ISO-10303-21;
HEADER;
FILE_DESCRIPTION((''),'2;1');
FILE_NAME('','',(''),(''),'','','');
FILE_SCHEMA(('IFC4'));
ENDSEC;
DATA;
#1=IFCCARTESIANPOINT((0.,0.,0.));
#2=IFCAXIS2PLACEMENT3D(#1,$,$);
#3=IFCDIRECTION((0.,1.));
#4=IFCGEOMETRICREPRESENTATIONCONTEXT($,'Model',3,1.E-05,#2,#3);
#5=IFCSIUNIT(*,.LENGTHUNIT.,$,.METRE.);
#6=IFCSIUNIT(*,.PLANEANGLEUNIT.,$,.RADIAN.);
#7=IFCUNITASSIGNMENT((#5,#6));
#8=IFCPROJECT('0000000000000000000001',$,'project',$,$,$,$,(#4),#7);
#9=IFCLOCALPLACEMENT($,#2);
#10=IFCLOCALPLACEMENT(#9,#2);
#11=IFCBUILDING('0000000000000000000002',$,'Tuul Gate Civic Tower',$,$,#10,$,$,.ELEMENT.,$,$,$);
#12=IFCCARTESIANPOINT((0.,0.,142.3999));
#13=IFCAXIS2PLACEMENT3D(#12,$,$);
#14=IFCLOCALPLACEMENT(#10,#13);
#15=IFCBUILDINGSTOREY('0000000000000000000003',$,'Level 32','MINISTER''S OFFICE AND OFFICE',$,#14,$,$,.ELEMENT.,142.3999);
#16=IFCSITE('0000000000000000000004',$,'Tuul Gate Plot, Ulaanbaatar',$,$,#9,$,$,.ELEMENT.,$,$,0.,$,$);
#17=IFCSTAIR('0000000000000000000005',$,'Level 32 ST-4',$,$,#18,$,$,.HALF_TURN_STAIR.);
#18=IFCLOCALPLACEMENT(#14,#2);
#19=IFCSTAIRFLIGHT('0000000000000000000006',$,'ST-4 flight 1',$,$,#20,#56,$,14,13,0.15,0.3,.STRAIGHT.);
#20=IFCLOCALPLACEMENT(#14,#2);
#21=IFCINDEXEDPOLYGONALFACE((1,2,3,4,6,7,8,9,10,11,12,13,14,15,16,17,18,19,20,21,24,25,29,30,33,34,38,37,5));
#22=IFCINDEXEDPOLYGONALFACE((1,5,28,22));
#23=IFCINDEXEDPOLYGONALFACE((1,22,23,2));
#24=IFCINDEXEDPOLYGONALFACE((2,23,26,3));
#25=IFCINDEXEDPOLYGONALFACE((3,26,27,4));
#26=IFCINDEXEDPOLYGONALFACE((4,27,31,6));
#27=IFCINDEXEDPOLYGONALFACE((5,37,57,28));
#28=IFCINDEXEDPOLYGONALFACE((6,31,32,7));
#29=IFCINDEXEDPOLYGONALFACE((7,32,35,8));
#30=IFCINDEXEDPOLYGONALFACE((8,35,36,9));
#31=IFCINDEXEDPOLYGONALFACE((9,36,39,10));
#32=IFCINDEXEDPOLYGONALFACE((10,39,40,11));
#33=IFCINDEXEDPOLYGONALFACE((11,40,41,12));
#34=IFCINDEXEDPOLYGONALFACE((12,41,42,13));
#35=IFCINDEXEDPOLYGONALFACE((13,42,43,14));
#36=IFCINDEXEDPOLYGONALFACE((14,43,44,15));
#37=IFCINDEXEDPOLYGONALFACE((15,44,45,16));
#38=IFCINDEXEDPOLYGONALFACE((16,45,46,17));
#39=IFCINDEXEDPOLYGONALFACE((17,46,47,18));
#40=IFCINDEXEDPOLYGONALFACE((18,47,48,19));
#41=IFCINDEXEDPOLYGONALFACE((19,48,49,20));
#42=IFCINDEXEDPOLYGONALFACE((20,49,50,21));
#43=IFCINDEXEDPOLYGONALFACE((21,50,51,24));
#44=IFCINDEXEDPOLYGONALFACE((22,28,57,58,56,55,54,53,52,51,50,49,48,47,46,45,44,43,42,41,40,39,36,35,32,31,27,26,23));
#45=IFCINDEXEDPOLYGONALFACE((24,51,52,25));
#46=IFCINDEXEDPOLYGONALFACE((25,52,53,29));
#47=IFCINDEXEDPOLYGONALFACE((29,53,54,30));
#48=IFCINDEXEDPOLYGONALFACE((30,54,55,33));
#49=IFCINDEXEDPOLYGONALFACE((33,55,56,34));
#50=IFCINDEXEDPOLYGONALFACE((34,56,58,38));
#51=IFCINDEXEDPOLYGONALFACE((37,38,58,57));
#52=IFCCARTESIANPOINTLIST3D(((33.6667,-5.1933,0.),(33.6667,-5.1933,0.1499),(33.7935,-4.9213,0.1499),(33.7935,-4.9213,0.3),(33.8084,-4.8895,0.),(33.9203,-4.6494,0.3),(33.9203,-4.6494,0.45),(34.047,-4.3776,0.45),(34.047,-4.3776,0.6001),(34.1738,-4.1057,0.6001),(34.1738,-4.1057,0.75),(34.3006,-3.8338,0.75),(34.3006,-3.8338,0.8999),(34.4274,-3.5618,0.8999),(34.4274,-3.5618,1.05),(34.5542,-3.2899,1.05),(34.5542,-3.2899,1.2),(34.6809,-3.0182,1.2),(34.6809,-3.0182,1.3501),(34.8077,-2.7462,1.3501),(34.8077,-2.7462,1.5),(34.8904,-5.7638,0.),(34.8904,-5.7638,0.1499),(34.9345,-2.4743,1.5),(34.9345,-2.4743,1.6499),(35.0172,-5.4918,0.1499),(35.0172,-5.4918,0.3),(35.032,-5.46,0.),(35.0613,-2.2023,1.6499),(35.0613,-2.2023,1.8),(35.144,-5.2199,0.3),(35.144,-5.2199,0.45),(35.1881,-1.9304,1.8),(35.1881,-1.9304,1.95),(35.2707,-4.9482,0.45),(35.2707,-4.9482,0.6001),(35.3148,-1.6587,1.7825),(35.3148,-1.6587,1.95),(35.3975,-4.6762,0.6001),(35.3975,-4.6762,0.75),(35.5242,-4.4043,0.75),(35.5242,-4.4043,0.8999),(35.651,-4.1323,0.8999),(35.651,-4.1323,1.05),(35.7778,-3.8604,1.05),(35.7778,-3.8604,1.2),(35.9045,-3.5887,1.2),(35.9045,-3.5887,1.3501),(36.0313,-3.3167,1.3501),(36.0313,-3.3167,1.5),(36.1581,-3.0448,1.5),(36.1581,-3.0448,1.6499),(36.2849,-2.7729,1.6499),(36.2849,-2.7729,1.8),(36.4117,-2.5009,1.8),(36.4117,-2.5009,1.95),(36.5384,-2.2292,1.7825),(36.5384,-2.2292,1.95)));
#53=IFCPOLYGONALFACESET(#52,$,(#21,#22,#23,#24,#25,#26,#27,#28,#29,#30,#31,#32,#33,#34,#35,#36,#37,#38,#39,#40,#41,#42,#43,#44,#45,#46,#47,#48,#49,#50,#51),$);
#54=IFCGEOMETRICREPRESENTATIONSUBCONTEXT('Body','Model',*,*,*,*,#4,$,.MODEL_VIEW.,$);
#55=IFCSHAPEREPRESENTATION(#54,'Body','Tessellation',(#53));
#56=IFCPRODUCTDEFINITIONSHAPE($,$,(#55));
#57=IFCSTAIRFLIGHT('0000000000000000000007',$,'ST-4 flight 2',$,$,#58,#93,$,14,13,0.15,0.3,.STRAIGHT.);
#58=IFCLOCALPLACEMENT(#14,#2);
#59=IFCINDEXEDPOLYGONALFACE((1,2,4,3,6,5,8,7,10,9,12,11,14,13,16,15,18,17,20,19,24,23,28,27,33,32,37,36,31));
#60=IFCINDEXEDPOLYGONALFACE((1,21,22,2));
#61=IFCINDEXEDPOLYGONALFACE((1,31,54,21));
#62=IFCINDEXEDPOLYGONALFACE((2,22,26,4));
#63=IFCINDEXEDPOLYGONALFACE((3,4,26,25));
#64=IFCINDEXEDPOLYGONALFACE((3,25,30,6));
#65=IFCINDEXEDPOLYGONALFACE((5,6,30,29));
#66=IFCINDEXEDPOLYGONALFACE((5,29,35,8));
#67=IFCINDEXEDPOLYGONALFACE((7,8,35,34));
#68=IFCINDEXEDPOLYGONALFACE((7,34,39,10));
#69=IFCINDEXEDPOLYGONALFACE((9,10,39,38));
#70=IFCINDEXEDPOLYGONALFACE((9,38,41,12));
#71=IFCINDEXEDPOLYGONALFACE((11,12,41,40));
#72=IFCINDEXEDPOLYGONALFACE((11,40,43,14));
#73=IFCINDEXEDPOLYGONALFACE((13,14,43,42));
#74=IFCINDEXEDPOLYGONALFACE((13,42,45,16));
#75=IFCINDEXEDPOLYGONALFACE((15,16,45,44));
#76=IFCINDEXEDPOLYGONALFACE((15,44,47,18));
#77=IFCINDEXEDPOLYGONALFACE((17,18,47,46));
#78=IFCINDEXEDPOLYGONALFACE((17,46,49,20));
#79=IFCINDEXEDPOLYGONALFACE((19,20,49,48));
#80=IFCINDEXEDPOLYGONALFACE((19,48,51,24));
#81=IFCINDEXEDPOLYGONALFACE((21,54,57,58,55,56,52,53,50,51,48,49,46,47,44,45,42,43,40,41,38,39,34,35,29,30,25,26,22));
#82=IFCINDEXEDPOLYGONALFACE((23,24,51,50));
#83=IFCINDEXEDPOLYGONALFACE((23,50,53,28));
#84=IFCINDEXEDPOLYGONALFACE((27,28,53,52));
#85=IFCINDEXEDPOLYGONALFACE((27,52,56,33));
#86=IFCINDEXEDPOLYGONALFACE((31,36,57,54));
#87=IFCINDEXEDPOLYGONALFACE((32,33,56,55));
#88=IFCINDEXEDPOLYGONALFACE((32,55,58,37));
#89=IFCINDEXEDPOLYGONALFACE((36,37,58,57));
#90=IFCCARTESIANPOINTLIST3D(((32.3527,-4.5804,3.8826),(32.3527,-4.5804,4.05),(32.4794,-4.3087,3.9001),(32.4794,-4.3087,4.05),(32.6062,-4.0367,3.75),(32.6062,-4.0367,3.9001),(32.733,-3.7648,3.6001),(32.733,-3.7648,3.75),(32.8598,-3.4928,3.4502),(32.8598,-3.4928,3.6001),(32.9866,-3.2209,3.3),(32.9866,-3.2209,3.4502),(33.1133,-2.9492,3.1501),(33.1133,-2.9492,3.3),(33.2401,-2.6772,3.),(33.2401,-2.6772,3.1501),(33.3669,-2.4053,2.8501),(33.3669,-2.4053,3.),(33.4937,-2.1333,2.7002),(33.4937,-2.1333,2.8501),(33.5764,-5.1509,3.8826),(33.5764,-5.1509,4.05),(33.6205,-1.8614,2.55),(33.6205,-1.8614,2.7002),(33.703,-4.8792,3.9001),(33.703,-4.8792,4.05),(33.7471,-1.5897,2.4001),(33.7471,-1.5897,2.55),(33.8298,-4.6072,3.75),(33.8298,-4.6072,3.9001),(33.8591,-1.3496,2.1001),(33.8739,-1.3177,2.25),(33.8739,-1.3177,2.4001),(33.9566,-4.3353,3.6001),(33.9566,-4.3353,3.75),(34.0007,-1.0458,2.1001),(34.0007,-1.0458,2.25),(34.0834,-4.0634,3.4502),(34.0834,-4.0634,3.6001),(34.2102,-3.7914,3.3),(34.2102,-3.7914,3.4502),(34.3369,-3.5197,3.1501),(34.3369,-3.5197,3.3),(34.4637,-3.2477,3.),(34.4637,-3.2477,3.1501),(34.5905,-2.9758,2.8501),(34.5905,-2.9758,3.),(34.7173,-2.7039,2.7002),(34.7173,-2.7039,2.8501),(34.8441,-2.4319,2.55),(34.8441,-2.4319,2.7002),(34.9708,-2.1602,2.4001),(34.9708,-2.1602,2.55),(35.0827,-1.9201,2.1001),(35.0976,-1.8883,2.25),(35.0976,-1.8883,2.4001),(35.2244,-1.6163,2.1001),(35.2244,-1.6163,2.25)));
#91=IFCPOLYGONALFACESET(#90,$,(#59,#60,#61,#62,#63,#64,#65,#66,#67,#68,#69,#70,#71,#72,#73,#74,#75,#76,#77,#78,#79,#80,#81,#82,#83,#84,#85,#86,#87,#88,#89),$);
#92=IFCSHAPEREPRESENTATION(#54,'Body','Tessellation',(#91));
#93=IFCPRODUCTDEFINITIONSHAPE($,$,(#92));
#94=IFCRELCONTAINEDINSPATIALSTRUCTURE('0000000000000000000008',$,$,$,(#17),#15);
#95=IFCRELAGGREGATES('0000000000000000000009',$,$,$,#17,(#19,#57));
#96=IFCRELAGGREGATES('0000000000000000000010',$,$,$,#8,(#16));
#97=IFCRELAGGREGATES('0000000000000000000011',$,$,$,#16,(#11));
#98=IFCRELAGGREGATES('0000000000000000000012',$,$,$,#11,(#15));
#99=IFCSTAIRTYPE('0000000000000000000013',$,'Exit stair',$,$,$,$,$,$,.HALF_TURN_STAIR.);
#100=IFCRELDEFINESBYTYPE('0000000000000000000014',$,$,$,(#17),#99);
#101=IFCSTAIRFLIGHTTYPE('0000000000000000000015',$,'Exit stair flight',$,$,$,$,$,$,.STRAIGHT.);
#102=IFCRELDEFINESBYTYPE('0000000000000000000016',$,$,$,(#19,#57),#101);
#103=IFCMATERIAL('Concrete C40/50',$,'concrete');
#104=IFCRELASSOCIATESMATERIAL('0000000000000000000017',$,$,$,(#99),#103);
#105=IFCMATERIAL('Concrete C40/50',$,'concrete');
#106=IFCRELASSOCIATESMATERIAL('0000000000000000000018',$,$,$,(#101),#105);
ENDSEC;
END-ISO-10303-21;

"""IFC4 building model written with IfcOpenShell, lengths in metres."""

from ifc_helpers import new_model, si_unit, direction, frame, origin, place, context, subcontext, project, spatial, polyline, outline, extrude, material, type_object, element, aggregate, save


model = new_model("IFC4")

# Units and contexts
model_context = context("Model", 3, precision=1e-05, world=origin(), true_north=direction((0.0, 1.0)))
body_context = subcontext(model_context, "Body", "Model", "MODEL_VIEW")
ifc_project = project(units=[si_unit("LENGTHUNIT", "METRE"), si_unit("PLANEANGLEUNIT", "RADIAN")], contexts=[model_context])

# Site, building, storey
site_placement = place(None, origin())
site = spatial("IfcSite", under=ifc_project, at=site_placement, Name="Tuul Gate Plot, Ulaanbaatar", CompositionType="ELEMENT", RefElevation=0.0)
building_placement = place(site_placement, origin())
building = spatial("IfcBuilding", under=site, at=building_placement, Name="Tuul Gate Civic Tower", CompositionType="ELEMENT")
storey_placement = place(building_placement, frame((0.0, 0.0, 142.3999)))
storey = spatial("IfcBuildingStorey", under=building, at=storey_placement, Name="Level 32", Description="MINISTER'S OFFICE AND OFFICE", CompositionType="ELEMENT", Elevation=142.3999)

# Stair, stair flights
ifc_material_1 = material(Name="Concrete C40/50", Category="concrete")
stair_type = type_object("IfcStairType", Name="Exit stair", PredefinedType="HALF_TURN_STAIR", material=ifc_material_1)
stair_placement = place(storey_placement, origin())
stair = element("IfcStair", 1, at=stair_placement, inside=storey, type_object=stair_type, Name="Level 32 ST-4", PredefinedType="HALF_TURN_STAIR")
ifc_material_2 = material(Name="Concrete C40/50", Category="concrete")
stair_flight_type = type_object("IfcStairFlightType", Name="Exit stair flight", PredefinedType="STRAIGHT", material=ifc_material_2)
stair_flight_1_placement = place(storey_placement, frame((34.2786, -5.4785, 0.0), z_axis=(0.0, 0.0, 1.0), x_axis=(0.422576, 0.906327, 0.0)))
stair_flight_1 = element("IfcStairFlight", 2, at=stair_flight_1_placement, type_object=stair_flight_type, Name="ST-4 flight 1", NumberOfRisers=14, NumberOfTreads=13, PredefinedType="STRAIGHT", RiserHeight=0.15, TreadLength=0.3, context=body_context, shape_type="SweptSolid", body=[
    extrude(outline(polyline([(0.0, 0.0), (0.0, 0.1499), (0.3, 0.1499), (0.3, 0.3), (0.6001, 0.3), (0.6001, 0.45), (0.8999, 0.45), (0.8999, 0.6001), (1.2, 0.6001), (1.2, 0.75), (1.5, 0.75), (1.5, 0.8999), (1.8, 0.8999), (1.8, 1.05), (2.1001, 1.05), (2.1001, 1.2), (2.3999, 1.2), (2.3999, 1.3501), (2.7, 1.3501), (2.7, 1.5), (3.0, 1.5), (3.0, 1.6499), (3.3, 1.6499), (3.3, 1.8), (3.6001, 1.8), (3.6001, 1.95), (3.8999, 1.95), (3.8999, 2.1001), (3.8999, 1.7825), (0.3352, 0.0), (0.0, 0.0)])), frame((0.0, 0.675, 0.0), z_axis=(0.0, -1.0, 0.0), x_axis=(1.0, 0.0, 0.0)), (0.0, 0.0, 1.0), 1.3501),
])
stair_flight_2_placement = place(storey_placement, frame((34.6125, -1.3311, 2.1001), z_axis=(0.0, 0.0, 1.0), x_axis=(-0.422576, -0.906327, 0.0)))
stair_flight_2 = element("IfcStairFlight", 3, at=stair_flight_2_placement, type_object=stair_flight_type, Name="ST-4 flight 2", NumberOfRisers=14, NumberOfTreads=13, PredefinedType="STRAIGHT", RiserHeight=0.15, TreadLength=0.3, context=body_context, shape_type="SweptSolid", body=[
    extrude(outline(polyline([(0.0, 0.0), (0.0, 0.1499), (0.3, 0.1499), (0.3, 0.3), (0.6001, 0.3), (0.6001, 0.45), (0.8999, 0.45), (0.8999, 0.6001), (1.2, 0.6001), (1.2, 0.75), (1.5, 0.75), (1.5, 0.8999), (1.8, 0.8999), (1.8, 1.05), (2.1001, 1.05), (2.1001, 1.2), (2.3999, 1.2), (2.3999, 1.3501), (2.7, 1.3501), (2.7, 1.5), (3.0, 1.5), (3.0, 1.6499), (3.3, 1.6499), (3.3, 1.8), (3.6001, 1.8), (3.6001, 1.95), (3.8999, 1.95), (3.8999, 2.1001), (3.8999, 1.7825), (0.3352, 0.0), (0.0, 0.0)])), frame((0.0, 0.675, 0.0), z_axis=(0.0, -1.0, 0.0), x_axis=(1.0, 0.0, 0.0)), (0.0, 0.0, 1.0), 1.3501),
])
aggregate(stair, [stair_flight_1, stair_flight_2])

save(model, "model.ifc")
